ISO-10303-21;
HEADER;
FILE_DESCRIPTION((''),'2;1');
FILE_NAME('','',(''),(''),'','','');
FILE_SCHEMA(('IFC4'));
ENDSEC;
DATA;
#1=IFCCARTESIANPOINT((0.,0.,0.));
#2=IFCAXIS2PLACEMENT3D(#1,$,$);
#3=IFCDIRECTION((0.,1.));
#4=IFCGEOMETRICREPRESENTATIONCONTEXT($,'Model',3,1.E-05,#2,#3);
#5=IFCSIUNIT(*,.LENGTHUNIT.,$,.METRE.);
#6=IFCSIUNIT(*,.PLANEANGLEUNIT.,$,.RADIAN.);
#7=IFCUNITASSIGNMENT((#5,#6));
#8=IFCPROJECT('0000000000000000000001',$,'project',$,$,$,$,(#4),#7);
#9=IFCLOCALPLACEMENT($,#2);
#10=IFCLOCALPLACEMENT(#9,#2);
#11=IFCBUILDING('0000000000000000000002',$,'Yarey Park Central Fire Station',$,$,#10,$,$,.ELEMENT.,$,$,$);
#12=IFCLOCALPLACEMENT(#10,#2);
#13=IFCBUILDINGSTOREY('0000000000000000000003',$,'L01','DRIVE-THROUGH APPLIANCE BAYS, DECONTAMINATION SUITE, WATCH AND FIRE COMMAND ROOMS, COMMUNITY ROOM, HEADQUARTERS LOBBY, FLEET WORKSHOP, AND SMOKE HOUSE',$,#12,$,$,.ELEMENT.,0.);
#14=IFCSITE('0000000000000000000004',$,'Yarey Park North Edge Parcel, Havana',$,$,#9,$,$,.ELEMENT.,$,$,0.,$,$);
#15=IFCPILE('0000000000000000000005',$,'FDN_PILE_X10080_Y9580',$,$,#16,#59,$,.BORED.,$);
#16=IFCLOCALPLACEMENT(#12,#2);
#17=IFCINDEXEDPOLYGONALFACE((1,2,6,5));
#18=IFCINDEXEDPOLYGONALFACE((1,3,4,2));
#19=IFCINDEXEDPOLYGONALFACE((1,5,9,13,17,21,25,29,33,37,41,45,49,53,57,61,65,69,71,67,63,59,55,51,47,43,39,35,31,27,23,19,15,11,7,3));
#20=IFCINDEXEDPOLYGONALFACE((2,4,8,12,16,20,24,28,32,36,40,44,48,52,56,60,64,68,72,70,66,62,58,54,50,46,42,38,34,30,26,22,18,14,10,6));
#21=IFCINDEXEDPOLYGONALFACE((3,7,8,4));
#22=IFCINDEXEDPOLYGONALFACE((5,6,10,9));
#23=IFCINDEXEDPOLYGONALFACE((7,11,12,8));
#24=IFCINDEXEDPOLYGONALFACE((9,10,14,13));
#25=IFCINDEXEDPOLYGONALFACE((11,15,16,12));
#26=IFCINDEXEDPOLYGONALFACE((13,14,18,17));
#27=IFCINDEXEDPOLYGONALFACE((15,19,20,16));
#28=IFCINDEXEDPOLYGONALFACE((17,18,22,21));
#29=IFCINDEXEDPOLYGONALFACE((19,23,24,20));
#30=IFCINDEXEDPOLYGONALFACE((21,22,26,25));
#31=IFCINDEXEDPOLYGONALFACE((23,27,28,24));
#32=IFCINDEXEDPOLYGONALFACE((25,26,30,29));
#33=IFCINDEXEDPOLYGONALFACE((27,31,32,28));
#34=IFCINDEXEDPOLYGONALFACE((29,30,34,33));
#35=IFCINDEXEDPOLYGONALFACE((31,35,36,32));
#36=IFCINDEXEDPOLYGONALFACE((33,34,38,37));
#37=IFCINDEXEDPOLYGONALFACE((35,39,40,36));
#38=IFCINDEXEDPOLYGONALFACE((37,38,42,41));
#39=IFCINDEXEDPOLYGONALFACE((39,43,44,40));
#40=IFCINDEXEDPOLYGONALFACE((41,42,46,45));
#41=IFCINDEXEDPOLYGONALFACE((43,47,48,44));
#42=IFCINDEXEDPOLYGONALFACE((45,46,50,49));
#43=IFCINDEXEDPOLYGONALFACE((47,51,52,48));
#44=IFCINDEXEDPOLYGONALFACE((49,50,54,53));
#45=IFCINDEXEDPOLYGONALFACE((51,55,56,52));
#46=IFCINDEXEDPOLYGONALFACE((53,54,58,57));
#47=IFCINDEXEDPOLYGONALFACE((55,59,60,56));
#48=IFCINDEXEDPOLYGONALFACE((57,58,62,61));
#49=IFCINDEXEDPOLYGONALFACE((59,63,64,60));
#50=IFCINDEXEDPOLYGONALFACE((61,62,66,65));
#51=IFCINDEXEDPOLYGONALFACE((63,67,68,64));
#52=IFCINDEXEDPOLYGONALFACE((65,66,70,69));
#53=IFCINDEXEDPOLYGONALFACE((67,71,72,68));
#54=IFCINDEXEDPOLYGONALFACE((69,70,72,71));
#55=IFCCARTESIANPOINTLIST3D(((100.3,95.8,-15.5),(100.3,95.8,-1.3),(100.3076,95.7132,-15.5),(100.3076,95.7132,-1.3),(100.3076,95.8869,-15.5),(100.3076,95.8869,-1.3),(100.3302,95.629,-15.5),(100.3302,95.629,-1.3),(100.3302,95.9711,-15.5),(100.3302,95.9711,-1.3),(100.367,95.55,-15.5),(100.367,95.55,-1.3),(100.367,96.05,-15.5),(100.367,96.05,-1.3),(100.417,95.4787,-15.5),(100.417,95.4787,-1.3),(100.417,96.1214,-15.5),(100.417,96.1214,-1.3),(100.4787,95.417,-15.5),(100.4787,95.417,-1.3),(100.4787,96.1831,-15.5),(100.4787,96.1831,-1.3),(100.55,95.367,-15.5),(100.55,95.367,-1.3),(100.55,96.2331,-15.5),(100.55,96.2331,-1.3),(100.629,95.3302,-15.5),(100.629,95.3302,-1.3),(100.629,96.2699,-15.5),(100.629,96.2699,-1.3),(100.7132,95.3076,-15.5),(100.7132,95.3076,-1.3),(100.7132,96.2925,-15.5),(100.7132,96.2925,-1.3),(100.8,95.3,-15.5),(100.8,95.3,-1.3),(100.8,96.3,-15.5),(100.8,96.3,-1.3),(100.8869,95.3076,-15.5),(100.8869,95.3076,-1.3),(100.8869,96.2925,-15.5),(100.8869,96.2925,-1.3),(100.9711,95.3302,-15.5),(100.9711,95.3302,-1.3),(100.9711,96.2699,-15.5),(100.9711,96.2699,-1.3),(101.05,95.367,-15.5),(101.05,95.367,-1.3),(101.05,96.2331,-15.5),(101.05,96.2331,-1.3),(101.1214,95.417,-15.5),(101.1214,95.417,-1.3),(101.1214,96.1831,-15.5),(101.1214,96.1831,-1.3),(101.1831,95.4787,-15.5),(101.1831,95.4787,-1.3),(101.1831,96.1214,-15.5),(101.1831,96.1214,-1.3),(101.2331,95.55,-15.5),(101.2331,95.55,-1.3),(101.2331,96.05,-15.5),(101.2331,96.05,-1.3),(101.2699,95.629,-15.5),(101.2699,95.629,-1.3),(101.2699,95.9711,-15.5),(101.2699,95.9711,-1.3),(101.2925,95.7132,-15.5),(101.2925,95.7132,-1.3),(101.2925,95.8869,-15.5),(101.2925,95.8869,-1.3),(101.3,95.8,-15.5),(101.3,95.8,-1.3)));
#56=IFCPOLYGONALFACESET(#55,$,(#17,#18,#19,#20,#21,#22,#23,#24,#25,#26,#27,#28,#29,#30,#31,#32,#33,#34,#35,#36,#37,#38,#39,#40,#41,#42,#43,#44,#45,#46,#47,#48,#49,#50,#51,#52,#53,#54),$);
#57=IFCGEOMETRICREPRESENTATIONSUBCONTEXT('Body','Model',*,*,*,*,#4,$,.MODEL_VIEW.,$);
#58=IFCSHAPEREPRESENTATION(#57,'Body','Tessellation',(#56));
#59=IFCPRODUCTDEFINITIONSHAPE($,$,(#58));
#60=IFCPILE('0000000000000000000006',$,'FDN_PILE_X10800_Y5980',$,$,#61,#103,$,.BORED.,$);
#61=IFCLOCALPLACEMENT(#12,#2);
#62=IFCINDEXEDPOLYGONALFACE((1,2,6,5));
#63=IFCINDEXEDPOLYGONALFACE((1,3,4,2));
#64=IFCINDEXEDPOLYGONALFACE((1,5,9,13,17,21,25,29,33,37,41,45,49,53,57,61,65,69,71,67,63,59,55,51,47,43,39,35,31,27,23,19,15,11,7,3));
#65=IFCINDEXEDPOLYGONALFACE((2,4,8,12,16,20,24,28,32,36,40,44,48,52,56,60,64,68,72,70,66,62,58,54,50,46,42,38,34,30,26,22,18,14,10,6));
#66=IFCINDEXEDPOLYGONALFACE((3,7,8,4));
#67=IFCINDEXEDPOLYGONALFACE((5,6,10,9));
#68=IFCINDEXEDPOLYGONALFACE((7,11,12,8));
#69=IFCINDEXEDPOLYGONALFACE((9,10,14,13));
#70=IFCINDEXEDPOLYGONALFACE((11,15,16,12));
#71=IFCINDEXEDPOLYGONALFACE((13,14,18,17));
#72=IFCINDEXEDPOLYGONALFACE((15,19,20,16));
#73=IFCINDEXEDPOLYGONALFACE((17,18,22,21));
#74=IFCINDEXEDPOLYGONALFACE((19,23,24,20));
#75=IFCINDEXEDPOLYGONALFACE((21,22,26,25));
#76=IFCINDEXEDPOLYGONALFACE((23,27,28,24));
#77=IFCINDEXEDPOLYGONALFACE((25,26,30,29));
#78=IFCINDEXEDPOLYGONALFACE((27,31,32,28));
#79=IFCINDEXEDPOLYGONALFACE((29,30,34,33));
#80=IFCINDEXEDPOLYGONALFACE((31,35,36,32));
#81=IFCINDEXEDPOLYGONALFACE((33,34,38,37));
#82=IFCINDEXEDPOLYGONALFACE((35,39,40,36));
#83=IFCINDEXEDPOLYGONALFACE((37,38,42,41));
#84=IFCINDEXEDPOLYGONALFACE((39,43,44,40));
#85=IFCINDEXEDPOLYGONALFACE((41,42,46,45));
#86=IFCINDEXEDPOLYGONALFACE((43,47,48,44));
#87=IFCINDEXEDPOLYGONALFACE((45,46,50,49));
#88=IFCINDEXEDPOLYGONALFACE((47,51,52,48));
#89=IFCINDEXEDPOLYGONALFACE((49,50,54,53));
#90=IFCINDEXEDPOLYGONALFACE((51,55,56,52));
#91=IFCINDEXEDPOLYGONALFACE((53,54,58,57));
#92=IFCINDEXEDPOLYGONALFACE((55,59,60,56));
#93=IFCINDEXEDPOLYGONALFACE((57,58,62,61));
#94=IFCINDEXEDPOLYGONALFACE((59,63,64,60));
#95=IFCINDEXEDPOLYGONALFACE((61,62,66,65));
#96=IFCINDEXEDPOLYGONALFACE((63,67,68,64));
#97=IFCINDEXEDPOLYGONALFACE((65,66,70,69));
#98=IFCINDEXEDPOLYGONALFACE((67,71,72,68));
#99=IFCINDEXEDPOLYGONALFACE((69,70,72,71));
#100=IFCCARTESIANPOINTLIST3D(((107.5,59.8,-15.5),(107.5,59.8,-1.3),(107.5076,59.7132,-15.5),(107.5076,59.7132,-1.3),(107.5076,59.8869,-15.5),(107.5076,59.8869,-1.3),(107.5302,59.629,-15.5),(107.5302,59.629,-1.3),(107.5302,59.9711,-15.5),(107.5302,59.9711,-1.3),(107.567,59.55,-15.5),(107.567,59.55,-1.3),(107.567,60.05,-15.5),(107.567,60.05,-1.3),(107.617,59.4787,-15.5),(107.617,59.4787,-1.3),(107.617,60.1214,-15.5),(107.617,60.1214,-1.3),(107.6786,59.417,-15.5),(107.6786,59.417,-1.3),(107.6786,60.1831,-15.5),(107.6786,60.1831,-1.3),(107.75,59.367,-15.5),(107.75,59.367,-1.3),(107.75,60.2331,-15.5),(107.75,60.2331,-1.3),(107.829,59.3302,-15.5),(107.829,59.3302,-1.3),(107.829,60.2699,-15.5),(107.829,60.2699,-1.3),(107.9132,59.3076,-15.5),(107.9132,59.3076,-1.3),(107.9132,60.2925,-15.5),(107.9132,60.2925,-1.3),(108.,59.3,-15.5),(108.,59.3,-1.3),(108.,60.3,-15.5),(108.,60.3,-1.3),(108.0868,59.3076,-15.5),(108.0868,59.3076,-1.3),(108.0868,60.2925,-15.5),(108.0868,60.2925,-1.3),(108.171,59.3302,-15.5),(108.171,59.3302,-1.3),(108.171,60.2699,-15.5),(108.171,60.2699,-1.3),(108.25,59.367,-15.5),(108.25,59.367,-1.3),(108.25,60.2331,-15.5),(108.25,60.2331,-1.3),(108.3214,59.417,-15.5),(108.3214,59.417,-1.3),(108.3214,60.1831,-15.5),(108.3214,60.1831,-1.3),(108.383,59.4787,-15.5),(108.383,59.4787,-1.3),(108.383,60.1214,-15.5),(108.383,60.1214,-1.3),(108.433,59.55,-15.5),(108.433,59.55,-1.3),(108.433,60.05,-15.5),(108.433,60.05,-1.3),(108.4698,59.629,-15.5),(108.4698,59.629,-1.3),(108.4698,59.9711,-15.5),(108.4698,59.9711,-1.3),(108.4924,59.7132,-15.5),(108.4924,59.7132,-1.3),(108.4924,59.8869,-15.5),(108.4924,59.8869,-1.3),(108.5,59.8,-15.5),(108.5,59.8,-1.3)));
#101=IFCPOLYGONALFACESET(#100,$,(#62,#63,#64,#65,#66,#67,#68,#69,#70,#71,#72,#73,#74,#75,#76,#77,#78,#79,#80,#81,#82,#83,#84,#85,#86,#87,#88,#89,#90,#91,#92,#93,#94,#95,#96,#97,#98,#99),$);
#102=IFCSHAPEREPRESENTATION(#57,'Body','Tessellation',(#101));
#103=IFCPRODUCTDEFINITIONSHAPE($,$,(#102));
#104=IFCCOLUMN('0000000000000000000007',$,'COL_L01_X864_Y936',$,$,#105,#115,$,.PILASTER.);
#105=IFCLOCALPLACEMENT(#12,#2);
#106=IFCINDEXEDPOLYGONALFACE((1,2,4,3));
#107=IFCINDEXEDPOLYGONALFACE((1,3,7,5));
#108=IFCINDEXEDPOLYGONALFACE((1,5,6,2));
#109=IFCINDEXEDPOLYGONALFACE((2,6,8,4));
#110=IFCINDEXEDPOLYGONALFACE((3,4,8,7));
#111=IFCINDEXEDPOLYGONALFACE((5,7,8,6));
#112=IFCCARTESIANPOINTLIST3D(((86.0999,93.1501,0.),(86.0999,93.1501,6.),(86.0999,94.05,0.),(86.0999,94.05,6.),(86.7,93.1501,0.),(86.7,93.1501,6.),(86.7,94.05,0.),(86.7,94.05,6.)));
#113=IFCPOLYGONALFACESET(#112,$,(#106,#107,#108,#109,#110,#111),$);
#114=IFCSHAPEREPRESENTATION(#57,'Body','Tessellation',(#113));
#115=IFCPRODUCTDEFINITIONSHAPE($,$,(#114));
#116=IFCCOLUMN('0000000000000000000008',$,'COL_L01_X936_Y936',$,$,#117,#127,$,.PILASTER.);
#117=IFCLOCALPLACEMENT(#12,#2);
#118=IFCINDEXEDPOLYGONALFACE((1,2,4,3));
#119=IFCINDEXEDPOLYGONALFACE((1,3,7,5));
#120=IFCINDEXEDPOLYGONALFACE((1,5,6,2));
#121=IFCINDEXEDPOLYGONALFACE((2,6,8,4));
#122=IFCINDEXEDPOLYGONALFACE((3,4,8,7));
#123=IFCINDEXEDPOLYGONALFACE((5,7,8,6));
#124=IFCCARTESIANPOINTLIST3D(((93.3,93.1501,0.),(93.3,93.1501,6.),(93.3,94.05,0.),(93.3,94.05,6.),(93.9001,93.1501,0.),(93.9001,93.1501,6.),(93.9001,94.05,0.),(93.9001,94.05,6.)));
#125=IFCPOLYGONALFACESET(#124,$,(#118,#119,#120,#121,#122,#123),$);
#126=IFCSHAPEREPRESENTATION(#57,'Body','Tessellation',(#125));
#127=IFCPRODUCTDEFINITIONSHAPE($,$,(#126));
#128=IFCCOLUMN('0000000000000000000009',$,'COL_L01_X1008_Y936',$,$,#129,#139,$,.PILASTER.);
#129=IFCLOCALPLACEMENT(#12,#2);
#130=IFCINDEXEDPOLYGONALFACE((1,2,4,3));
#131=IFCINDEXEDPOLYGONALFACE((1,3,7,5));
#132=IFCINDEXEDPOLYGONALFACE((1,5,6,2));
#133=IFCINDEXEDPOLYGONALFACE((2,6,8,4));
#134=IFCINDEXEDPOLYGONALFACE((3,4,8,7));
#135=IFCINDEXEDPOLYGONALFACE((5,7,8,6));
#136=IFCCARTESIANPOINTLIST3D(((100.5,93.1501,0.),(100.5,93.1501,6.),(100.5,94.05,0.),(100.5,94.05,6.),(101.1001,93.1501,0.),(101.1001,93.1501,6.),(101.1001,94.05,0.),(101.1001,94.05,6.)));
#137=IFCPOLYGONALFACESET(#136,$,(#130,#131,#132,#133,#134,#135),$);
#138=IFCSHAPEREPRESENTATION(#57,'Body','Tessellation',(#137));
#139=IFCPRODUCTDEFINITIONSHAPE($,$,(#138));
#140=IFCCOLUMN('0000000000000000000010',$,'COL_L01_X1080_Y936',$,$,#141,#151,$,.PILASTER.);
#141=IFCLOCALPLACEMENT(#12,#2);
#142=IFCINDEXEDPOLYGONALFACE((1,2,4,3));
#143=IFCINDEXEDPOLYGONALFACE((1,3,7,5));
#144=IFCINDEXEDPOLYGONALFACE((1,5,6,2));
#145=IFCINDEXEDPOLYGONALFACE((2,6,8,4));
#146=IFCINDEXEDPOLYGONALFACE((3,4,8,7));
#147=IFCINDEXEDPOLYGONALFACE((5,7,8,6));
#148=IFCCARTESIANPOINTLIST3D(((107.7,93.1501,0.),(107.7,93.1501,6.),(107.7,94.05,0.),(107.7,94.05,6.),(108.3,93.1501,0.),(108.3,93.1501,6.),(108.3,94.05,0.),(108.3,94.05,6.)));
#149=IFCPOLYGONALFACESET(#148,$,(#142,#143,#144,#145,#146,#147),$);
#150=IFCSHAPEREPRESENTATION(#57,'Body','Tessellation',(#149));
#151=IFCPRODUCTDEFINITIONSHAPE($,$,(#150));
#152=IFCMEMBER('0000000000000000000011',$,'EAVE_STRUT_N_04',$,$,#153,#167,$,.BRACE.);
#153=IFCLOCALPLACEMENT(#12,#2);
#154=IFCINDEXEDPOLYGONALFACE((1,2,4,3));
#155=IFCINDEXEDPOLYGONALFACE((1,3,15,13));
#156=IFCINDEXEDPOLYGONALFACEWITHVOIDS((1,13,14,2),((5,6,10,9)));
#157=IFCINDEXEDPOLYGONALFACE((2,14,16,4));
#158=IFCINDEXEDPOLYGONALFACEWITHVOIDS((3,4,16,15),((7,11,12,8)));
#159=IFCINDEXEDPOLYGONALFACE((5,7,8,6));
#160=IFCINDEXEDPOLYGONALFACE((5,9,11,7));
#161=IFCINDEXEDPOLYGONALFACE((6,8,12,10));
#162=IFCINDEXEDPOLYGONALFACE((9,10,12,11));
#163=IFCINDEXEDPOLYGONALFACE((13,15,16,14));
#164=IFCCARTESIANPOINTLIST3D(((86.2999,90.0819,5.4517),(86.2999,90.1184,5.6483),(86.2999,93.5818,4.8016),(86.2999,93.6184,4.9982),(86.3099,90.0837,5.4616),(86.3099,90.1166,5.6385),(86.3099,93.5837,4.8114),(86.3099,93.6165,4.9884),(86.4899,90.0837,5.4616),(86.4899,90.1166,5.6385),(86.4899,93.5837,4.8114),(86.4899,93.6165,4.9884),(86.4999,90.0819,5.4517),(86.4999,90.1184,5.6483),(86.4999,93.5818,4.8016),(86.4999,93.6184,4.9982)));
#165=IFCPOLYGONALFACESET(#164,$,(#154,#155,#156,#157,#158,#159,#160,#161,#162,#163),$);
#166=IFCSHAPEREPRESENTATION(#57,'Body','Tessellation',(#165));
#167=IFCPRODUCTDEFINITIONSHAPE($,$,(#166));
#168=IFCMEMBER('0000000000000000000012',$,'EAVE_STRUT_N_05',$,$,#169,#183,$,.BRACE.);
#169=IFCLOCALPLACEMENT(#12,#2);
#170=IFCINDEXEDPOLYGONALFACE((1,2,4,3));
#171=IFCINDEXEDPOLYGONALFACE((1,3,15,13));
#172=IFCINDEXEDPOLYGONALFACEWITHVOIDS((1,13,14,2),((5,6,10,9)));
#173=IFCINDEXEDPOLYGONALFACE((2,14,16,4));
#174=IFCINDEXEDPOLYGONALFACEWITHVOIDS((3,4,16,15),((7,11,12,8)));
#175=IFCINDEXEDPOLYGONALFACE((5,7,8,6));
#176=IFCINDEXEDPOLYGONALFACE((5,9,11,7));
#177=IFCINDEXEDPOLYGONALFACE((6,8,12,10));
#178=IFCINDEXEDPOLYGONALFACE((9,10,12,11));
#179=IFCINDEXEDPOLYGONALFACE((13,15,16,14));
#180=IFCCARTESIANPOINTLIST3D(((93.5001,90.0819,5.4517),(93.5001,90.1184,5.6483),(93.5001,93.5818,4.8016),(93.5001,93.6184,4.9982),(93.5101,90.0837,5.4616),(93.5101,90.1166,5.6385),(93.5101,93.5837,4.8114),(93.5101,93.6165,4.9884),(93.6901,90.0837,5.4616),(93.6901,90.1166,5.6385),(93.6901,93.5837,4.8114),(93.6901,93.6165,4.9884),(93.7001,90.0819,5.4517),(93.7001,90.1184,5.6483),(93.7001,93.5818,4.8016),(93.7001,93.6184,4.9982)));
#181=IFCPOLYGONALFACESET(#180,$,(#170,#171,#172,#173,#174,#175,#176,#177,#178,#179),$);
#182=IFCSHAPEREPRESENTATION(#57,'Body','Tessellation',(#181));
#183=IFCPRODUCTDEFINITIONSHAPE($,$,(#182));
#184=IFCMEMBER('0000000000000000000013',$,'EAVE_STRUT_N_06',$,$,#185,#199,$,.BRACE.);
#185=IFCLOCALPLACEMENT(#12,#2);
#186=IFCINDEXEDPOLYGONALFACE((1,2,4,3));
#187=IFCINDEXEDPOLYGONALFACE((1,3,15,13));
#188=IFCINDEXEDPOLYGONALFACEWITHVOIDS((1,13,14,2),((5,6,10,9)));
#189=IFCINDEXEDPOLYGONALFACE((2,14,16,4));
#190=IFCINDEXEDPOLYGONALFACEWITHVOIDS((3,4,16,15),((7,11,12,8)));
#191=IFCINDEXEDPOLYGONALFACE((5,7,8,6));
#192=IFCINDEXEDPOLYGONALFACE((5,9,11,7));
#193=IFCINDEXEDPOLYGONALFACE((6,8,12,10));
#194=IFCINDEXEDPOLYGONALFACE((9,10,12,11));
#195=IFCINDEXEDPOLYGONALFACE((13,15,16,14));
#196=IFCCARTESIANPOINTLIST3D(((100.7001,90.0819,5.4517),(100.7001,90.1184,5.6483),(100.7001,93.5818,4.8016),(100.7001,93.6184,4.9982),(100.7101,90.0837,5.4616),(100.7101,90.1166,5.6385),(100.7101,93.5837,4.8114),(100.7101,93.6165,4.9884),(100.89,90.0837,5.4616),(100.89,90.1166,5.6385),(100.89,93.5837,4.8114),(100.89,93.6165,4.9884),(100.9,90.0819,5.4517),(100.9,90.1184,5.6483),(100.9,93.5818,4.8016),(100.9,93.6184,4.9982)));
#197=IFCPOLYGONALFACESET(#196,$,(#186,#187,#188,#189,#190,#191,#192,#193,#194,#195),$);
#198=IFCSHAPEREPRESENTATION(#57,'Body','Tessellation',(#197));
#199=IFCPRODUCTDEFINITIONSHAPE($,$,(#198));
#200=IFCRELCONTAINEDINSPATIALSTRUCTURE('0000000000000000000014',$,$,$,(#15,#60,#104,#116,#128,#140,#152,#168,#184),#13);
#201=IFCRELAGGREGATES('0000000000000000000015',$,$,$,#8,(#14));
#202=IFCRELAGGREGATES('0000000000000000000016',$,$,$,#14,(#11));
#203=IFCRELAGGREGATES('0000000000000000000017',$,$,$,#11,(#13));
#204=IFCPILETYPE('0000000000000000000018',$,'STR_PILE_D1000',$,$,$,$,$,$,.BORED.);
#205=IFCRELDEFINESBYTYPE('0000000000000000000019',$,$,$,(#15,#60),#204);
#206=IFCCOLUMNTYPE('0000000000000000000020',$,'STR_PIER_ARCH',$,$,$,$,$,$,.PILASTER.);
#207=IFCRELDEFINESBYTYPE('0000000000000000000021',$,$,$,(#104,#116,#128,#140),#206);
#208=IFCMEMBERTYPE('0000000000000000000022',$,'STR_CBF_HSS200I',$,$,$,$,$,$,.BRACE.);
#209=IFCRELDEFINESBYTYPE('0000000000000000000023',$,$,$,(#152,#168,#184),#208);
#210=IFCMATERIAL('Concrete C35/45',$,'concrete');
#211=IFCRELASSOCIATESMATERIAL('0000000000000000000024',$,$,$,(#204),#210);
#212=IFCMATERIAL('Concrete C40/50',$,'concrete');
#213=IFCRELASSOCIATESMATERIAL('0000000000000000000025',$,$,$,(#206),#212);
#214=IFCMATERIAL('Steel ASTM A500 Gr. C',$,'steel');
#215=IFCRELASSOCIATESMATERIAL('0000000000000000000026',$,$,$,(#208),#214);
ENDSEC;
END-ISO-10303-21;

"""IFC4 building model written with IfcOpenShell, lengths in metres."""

from ifc_helpers import new_model, si_unit, direction, frame, origin, origin_2d, place, context, subcontext, project, spatial, rectangle, hollow_rectangle, circle, extrude, material, material_profile, profile_set, type_object, element, save


model = new_model("IFC4")

# Units and contexts
model_context = context("Model", 3, precision=1e-05, world=origin(), true_north=direction((0.0, 1.0)))
body_context = subcontext(model_context, "Body", "Model", "MODEL_VIEW")
ifc_project = project(units=[si_unit("LENGTHUNIT", "METRE"), si_unit("PLANEANGLEUNIT", "RADIAN")], contexts=[model_context])

# Site, building, storey
site_placement = place(None, origin())
site = spatial("IfcSite", under=ifc_project, at=site_placement, Name="Yarey Park North Edge Parcel, Havana", CompositionType="ELEMENT", RefElevation=0.0)
building_placement = place(site_placement, origin())
building = spatial("IfcBuilding", under=site, at=building_placement, Name="Yarey Park Central Fire Station", CompositionType="ELEMENT")
storey_placement = place(building_placement, origin())
storey = spatial("IfcBuildingStorey", under=building, at=storey_placement, Name="L01", Description="DRIVE-THROUGH APPLIANCE BAYS, DECONTAMINATION SUITE, WATCH AND FIRE COMMAND ROOMS, COMMUNITY ROOM, HEADQUARTERS LOBBY, FLEET WORKSHOP, AND SMOKE HOUSE", CompositionType="ELEMENT", Elevation=0.0)

# Shared definitions
ifc_material_1 = material(Name="Concrete C35/45", Category="concrete")

# Piles
ifc_material_profile_1 = material_profile(ifc_material_1, circle(Radius=0.5, at=origin_2d()), Name="BORED PILE D1000")
ifc_profile_set_1 = profile_set([ifc_material_profile_1], Name="Concrete C35/45")
pile_type = type_object("IfcPileType", Name="STR_PILE_D1000", PredefinedType="BORED", material=ifc_profile_set_1)
for number, where, z_axis, x_axis, name in (
    (1, (100.8, 95.8, -1.3), (0.0, 0.0, -1.0), (1.0, 0.0, 0.0), "FDN_PILE_X10080_Y9580"),
    (2, (108.0, 59.8, -1.3), (0.0, 0.0, -1.0), (1.0, 0.0, 0.0), "FDN_PILE_X10800_Y5980"),
):
    element("IfcPile", number, at=place(storey_placement, frame(where, z_axis=z_axis, x_axis=x_axis)), inside=storey, type_object=pile_type, Name=name, PredefinedType="BORED", context=body_context, shape_type="SweptSolid", body=[
        extrude(circle(Radius=0.5, at=origin_2d()), origin(), (0.0, 0.0, 1.0), 14.2),
    ])

# Columns
ifc_material_2 = material(Name="Concrete C40/50", Category="concrete")
ifc_material_profile_2 = material_profile(ifc_material_2, rectangle(XDim=0.6001, YDim=0.8999, at=origin_2d()), Name="RC 900x600")
ifc_profile_set_2 = profile_set([ifc_material_profile_2], Name="Concrete C40/50")
column_type = type_object("IfcColumnType", Name="STR_PIER_ARCH", PredefinedType="PILASTER", material=ifc_profile_set_2)
for number, where, z_axis, x_axis, name in (
    (3, (86.3999, 93.6001, 0.0), (0.0, 0.0, 1.0), (1.0, 0.0, 0.0), "COL_L01_X864_Y936"),
    (4, (93.6001, 93.6001, 0.0), (0.0, 0.0, 1.0), (1.0, 0.0, 0.0), "COL_L01_X936_Y936"),
    (5, (100.8, 93.6001, 0.0), (0.0, 0.0, 1.0), (1.0, 0.0, 0.0), "COL_L01_X1008_Y936"),
    (6, (108.0, 93.6001, 0.0), (0.0, 0.0, 1.0), (1.0, 0.0, 0.0), "COL_L01_X1080_Y936"),
):
    element("IfcColumn", number, at=place(storey_placement, frame(where, z_axis=z_axis, x_axis=x_axis)), inside=storey, type_object=column_type, Name=name, PredefinedType="PILASTER", context=body_context, shape_type="SweptSolid", body=[
        extrude(rectangle(XDim=0.6001, YDim=0.8999, at=origin_2d()), origin(), (0.0, 0.0, 1.0), 6.0),
    ])

# Members
ifc_material_3 = material(Name="Steel ASTM A500 Gr. C", Category="steel")
ifc_material_profile_3 = material_profile(ifc_material_3, hollow_rectangle(XDim=0.2, YDim=0.2, WallThickness=0.01, at=origin_2d()), Name="HSS 200x200x10")
ifc_profile_set_3 = profile_set([ifc_material_profile_3], Name="Steel ASTM A500 Gr. C")
member_type = type_object("IfcMemberType", Name="STR_CBF_HSS200I", PredefinedType="BRACE", material=ifc_profile_set_3)
for number, where, z_axis, x_axis, name in (
    (7, (86.3999, 93.6001, 4.8999), (0.0, -0.983181, 0.182632), (1.0, 0.0, 0.0), "EAVE_STRUT_N_04"),
    (8, (93.6001, 93.6001, 4.8999), (0.0, -0.983181, 0.182632), (1.0, 0.0, 0.0), "EAVE_STRUT_N_05"),
    (9, (100.8, 93.6001, 4.8999), (0.0, -0.983181, 0.182632), (1.0, 0.0, 0.0), "EAVE_STRUT_N_06"),
):
    element("IfcMember", number, at=place(storey_placement, frame(where, z_axis=z_axis, x_axis=x_axis)), inside=storey, type_object=member_type, Name=name, PredefinedType="BRACE", context=body_context, shape_type="SweptSolid", body=[
        extrude(hollow_rectangle(XDim=0.2, YDim=0.2, WallThickness=0.01, at=origin_2d()), origin(), (0.0, 0.0, 1.0), 3.5598),
    ])

save(model, "model.ifc")
